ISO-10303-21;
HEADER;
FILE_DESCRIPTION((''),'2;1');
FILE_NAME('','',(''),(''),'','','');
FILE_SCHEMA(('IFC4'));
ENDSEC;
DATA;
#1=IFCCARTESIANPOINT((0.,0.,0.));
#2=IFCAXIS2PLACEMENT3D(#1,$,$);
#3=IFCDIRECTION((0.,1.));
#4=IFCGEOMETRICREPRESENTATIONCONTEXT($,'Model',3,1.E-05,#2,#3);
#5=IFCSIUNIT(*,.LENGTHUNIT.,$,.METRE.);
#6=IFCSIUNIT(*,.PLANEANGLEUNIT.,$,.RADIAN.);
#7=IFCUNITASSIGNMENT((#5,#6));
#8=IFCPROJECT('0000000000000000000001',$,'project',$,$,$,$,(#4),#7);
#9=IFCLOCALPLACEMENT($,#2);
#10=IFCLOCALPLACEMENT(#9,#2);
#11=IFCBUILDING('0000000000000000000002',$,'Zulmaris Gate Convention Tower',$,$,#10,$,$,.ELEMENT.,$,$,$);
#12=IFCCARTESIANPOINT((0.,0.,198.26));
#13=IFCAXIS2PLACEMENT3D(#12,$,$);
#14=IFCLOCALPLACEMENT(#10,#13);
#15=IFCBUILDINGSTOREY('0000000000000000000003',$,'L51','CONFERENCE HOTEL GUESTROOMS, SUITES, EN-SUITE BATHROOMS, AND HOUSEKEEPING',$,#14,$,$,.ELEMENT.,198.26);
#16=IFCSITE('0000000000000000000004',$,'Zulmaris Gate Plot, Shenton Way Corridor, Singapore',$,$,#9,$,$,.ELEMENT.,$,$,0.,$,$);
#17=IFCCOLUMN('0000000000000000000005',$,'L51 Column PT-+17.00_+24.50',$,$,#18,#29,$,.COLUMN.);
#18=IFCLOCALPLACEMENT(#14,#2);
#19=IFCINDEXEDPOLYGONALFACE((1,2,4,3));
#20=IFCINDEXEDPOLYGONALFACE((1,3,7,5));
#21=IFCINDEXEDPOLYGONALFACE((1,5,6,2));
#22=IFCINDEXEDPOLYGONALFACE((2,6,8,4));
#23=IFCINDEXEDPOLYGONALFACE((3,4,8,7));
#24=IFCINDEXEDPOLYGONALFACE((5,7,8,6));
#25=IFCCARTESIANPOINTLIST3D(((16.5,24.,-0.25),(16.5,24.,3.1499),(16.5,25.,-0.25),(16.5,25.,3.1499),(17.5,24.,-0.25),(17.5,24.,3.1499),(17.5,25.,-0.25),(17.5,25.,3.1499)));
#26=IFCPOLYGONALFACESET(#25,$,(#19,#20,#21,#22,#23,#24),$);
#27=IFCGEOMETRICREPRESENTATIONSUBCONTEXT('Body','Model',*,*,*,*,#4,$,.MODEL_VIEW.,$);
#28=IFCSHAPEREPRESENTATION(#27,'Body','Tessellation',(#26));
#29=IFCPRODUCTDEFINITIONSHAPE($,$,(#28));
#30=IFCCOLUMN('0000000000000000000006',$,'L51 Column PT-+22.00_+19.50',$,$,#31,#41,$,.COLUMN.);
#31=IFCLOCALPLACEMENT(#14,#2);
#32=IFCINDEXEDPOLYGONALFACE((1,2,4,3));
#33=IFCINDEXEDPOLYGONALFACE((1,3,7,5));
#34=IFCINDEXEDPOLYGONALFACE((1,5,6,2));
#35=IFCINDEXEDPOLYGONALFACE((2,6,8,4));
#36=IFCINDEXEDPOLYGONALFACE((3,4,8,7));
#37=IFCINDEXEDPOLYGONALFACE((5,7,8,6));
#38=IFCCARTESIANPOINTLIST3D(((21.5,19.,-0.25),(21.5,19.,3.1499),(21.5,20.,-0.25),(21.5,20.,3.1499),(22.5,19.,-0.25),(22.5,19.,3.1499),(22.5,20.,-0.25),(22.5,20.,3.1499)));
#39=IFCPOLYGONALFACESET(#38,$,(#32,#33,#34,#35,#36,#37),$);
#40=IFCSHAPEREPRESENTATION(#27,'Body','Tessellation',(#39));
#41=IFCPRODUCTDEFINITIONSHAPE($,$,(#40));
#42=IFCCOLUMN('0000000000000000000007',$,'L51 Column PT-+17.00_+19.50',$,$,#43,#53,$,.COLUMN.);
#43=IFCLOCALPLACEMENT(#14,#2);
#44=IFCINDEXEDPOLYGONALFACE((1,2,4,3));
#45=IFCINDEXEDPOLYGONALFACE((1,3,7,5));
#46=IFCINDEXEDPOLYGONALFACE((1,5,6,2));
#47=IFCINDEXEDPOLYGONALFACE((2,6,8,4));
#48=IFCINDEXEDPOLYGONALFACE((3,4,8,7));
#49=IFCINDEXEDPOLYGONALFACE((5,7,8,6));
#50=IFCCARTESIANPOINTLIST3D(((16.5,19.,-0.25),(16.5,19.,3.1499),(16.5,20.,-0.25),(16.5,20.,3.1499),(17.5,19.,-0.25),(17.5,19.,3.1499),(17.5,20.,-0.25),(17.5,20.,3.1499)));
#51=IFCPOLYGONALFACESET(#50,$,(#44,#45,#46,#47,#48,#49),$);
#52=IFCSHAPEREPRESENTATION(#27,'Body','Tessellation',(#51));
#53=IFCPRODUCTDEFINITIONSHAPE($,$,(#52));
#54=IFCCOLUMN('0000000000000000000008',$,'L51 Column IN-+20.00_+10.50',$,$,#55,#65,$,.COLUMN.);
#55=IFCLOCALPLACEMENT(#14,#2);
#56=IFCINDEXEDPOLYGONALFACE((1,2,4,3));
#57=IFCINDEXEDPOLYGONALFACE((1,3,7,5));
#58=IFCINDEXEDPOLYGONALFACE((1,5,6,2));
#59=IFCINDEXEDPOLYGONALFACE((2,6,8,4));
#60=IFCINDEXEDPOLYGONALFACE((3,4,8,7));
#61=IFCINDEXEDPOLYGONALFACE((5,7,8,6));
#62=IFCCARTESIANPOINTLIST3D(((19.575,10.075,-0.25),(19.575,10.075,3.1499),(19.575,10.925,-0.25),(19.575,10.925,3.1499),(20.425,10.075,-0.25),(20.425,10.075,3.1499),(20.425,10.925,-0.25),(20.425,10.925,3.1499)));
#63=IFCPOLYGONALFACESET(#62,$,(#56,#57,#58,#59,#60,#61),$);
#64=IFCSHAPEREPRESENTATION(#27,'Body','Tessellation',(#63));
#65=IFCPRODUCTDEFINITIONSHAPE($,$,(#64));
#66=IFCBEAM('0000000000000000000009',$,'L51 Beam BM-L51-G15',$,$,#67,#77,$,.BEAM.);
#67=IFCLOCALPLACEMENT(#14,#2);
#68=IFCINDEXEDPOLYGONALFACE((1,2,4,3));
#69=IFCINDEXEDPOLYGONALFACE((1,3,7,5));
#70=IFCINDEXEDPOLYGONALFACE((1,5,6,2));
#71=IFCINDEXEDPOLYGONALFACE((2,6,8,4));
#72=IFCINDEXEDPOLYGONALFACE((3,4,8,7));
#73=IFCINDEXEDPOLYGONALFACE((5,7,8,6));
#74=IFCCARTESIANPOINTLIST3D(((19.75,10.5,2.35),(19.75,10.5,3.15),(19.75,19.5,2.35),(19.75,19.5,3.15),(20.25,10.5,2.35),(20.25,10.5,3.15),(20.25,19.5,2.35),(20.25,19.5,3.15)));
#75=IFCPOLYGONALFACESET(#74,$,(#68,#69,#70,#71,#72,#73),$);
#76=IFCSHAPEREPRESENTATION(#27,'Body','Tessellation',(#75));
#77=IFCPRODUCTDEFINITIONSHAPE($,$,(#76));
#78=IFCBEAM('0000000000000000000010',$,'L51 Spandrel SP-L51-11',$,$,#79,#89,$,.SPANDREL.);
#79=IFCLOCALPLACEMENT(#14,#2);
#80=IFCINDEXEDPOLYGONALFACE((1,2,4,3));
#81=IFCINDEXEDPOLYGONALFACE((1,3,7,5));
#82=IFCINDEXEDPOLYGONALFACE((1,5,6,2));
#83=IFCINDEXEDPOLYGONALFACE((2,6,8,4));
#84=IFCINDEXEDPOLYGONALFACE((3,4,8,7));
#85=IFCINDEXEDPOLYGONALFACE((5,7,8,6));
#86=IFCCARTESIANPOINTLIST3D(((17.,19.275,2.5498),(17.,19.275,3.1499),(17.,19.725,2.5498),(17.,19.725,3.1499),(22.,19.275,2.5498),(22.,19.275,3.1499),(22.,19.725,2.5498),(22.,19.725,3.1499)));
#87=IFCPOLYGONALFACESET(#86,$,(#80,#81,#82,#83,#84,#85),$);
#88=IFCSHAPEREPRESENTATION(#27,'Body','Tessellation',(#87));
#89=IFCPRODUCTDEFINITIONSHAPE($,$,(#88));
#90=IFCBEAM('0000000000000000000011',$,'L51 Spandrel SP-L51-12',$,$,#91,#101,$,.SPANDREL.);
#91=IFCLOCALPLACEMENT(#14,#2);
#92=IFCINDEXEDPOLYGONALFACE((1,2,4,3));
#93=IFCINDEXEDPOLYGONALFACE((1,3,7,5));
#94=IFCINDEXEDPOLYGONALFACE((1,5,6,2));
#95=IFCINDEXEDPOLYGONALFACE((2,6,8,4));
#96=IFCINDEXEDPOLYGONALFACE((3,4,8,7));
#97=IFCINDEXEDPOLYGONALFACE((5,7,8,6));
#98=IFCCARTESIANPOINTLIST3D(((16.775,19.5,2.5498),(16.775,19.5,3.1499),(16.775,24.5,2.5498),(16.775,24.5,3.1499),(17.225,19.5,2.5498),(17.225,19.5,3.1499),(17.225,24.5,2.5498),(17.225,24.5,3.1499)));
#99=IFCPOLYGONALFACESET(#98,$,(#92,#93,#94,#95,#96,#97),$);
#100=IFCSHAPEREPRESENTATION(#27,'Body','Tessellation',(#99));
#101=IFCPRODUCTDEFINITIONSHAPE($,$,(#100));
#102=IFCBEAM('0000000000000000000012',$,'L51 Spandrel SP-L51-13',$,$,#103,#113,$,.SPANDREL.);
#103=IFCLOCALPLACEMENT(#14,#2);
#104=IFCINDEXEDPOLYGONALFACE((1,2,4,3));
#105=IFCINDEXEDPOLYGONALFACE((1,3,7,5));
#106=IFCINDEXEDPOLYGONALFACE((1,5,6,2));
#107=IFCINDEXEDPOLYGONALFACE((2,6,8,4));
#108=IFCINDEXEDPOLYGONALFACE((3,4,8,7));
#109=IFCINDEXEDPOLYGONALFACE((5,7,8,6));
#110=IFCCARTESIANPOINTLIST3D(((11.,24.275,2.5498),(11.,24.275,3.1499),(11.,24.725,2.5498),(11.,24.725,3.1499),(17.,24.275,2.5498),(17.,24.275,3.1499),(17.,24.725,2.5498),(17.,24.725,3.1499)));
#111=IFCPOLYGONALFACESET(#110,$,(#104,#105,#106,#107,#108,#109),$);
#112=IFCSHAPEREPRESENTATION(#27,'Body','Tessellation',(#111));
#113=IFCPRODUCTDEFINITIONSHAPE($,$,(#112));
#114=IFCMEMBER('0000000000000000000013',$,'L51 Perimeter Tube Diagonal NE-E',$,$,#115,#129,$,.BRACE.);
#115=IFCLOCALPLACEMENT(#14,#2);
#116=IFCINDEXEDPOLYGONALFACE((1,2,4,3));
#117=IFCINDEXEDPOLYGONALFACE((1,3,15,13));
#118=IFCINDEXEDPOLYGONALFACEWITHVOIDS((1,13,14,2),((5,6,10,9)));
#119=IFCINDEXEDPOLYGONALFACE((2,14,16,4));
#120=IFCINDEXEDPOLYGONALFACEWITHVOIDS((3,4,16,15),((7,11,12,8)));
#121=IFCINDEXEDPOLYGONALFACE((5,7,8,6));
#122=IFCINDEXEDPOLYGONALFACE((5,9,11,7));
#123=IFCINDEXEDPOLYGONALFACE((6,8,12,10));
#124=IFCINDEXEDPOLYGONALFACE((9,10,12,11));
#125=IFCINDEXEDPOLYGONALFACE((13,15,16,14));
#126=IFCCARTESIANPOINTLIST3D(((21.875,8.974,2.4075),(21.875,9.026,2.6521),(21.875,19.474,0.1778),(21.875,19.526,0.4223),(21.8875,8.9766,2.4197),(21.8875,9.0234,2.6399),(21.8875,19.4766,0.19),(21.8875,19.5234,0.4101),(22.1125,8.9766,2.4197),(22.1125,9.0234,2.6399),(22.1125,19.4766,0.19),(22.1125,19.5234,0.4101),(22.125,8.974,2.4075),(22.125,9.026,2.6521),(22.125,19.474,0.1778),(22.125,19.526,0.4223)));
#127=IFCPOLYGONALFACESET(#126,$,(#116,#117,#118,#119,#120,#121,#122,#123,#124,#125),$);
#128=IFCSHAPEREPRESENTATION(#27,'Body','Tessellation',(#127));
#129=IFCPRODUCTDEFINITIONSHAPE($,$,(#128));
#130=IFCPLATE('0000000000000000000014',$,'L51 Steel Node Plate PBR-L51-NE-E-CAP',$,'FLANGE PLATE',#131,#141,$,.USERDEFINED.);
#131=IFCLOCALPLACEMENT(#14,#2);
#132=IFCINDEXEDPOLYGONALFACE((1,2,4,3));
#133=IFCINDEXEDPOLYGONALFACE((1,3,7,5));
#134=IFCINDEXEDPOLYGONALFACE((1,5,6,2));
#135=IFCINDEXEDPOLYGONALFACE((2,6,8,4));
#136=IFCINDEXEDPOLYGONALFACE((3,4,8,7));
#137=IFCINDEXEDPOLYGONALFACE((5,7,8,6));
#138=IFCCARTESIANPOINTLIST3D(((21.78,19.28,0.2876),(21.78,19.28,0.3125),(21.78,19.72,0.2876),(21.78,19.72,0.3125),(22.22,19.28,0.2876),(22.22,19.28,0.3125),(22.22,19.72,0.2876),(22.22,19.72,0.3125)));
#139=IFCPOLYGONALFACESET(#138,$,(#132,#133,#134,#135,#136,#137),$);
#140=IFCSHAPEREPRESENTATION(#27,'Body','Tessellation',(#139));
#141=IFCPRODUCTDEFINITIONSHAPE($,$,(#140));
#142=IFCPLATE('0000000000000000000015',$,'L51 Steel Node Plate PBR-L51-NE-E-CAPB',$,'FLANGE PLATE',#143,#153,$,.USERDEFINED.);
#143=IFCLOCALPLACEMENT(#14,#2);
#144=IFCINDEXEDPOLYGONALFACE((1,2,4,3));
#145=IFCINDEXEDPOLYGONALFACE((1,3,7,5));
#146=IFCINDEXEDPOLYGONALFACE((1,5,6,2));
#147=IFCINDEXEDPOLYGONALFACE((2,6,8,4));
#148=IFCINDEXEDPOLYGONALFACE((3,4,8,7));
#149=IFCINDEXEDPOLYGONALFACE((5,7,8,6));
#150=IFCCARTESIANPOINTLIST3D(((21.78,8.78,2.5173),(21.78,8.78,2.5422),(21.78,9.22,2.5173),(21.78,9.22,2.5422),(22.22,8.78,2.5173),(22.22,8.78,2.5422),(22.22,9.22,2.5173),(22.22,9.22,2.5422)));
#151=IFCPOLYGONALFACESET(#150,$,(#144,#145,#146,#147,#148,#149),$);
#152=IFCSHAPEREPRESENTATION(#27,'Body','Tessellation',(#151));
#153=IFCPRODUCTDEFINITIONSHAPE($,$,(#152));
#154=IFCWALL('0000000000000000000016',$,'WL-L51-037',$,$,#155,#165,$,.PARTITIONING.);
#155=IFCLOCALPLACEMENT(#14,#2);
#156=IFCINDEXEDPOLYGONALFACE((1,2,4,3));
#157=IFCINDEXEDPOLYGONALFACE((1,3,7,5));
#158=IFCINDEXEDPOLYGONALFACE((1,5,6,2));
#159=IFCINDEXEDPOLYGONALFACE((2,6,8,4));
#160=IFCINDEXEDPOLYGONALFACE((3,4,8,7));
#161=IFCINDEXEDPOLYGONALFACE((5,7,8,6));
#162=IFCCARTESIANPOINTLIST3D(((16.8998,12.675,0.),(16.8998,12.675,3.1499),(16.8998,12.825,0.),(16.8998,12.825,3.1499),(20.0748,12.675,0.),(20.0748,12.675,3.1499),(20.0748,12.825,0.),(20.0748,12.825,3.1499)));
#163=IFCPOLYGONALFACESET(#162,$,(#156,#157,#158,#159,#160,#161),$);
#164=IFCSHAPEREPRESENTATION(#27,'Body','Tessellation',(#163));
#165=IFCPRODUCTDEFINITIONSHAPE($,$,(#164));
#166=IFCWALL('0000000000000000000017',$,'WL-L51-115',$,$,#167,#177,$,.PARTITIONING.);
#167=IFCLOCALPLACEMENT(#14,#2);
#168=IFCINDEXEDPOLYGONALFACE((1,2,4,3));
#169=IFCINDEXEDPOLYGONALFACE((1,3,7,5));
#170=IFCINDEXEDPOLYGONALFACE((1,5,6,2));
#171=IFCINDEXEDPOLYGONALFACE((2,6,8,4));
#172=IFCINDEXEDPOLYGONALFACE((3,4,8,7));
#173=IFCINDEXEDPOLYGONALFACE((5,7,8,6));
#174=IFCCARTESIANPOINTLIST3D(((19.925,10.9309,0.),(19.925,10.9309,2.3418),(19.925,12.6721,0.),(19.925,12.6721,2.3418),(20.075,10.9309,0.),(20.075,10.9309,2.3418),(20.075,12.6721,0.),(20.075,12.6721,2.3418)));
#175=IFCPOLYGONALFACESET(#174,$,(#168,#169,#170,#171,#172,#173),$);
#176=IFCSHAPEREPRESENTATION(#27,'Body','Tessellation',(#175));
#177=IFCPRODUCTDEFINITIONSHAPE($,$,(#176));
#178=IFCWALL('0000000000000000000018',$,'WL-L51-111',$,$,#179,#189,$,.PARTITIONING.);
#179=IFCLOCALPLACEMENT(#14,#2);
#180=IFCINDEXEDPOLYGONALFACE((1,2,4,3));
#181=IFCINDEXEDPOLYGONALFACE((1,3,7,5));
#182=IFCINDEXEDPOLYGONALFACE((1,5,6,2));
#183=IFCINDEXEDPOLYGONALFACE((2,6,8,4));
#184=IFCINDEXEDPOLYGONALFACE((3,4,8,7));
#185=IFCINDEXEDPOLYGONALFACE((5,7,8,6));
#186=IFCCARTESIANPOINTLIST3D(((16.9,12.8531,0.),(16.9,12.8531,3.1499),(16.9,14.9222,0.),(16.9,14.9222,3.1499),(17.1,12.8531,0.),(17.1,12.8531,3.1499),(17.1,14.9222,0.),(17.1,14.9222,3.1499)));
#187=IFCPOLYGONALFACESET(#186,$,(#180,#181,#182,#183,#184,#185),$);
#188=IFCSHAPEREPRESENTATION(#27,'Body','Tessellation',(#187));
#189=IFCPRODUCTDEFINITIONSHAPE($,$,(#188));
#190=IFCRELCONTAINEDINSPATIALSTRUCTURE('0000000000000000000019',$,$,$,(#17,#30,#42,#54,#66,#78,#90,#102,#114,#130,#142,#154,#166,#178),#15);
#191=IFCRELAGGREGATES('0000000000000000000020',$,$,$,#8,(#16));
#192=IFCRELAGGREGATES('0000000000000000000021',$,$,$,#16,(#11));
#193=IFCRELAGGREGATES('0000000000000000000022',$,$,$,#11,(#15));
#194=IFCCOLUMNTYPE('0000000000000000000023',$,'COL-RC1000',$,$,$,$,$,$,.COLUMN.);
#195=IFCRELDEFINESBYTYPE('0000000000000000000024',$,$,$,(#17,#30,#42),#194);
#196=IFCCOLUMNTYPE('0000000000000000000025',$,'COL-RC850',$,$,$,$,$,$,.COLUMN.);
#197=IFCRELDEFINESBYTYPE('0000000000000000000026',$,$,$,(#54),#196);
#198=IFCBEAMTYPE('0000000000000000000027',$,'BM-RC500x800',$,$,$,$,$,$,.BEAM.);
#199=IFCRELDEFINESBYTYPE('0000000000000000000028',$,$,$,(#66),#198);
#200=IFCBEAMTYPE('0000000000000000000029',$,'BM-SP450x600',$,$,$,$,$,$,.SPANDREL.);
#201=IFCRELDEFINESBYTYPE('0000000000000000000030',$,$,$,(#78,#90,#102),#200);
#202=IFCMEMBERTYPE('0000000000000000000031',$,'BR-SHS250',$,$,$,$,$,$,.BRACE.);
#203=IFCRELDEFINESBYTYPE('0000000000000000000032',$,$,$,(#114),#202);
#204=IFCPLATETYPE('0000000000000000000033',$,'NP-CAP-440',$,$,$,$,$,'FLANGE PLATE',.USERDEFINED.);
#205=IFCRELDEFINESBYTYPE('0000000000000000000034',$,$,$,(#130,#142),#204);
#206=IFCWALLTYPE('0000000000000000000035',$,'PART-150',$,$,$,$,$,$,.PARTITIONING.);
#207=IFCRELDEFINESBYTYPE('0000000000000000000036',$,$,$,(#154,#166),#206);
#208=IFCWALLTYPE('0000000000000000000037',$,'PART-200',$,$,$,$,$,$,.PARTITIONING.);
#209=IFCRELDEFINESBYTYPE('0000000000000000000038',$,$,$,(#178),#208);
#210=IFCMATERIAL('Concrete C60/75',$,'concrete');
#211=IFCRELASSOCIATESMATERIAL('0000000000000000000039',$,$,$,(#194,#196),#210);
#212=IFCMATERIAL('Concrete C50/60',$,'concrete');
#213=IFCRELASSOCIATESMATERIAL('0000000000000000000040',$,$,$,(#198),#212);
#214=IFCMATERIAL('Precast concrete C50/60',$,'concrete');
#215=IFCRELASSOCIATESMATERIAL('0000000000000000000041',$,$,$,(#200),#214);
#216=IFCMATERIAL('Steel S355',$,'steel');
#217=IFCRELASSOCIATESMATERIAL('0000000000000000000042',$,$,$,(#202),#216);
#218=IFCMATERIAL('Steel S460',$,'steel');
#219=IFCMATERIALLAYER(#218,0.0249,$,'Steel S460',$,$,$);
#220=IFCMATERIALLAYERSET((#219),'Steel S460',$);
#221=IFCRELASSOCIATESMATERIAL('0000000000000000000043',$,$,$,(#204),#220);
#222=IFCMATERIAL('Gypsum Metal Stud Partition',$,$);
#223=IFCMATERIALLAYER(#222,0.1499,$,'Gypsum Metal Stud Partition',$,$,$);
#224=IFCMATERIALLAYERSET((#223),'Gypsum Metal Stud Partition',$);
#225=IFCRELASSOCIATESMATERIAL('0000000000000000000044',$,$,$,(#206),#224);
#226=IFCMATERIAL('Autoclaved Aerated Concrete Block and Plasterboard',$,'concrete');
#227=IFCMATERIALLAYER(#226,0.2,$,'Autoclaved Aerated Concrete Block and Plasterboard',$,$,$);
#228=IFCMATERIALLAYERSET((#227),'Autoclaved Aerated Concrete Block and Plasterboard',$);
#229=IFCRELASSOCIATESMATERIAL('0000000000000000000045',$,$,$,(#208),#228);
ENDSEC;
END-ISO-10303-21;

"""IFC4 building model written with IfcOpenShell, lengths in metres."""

from ifc_helpers import new_model, si_unit, direction, frame, frame_2d, origin, origin_2d, place, context, subcontext, project, spatial, rectangle, hollow_rectangle, extrude, material, layer, layer_set, material_profile, profile_set, type_object, element, save


model = new_model("IFC4")

# Units and contexts
model_context = context("Model", 3, precision=1e-05, world=origin(), true_north=direction((0.0, 1.0)))
body_context = subcontext(model_context, "Body", "Model", "MODEL_VIEW")
ifc_project = project(units=[si_unit("LENGTHUNIT", "METRE"), si_unit("PLANEANGLEUNIT", "RADIAN")], contexts=[model_context])

# Site, building, storey
site_placement = place(None, origin())
site = spatial("IfcSite", under=ifc_project, at=site_placement, Name="Zulmaris Gate Plot, Shenton Way Corridor, Singapore", CompositionType="ELEMENT", RefElevation=0.0)
building_placement = place(site_placement, origin())
building = spatial("IfcBuilding", under=site, at=building_placement, Name="Zulmaris Gate Convention Tower", CompositionType="ELEMENT")
storey_placement = place(building_placement, frame((0.0, 0.0, 198.26)))
storey = spatial("IfcBuildingStorey", under=building, at=storey_placement, Name="L51", Description="CONFERENCE HOTEL GUESTROOMS, SUITES, EN-SUITE BATHROOMS, AND HOUSEKEEPING", CompositionType="ELEMENT", Elevation=198.26)

# Columns
ifc_material_1 = material(Name="Concrete C60/75", Category="concrete")
ifc_material_profile_1 = material_profile(ifc_material_1, rectangle(XDim=1.0, YDim=1.0, at=origin_2d()), Name="RC COL 1000x1000")
ifc_profile_set_1 = profile_set([ifc_material_profile_1], Name="Concrete C60/75")
column_type_1 = type_object("IfcColumnType", Name="COL-RC1000", PredefinedType="COLUMN", material=ifc_profile_set_1)
for number, where, z_axis, x_axis, name in (
    (1, (17.0, 24.5, -0.25), (0.0, 0.0, 1.0), (1.0, 0.0, 0.0), "L51 Column PT-+17.00_+24.50"),
    (2, (22.0, 19.5, -0.25), (0.0, 0.0, 1.0), (1.0, 0.0, 0.0), "L51 Column PT-+22.00_+19.50"),
    (3, (17.0, 19.5, -0.25), (0.0, 0.0, 1.0), (1.0, 0.0, 0.0), "L51 Column PT-+17.00_+19.50"),
):
    element("IfcColumn", number, at=place(storey_placement, frame(where, z_axis=z_axis, x_axis=x_axis)), inside=storey, type_object=column_type_1, Name=name, PredefinedType="COLUMN", context=body_context, shape_type="SweptSolid", body=[
        extrude(rectangle(XDim=1.0, YDim=1.0, at=origin_2d()), origin(), (0.0, 0.0, 1.0), 3.3999),
    ])
ifc_material_profile_2 = material_profile(ifc_material_1, rectangle(XDim=0.8501, YDim=0.8501, at=origin_2d()), Name="RC COL 850x850")
ifc_profile_set_2 = profile_set([ifc_material_profile_2], Name="Concrete C60/75")
column_type_2 = type_object("IfcColumnType", Name="COL-RC850", PredefinedType="COLUMN", material=ifc_profile_set_2)
column_placement = place(storey_placement, frame((20.0, 10.5, -0.25), z_axis=(0.0, 0.0, 1.0), x_axis=(1.0, 0.0, 0.0)))
element("IfcColumn", 4, at=column_placement, inside=storey, type_object=column_type_2, Name="L51 Column IN-+20.00_+10.50", PredefinedType="COLUMN", context=body_context, shape_type="SweptSolid", body=[
    extrude(rectangle(XDim=0.8501, YDim=0.8501, at=origin_2d()), origin(), (0.0, 0.0, 1.0), 3.3999),
])

# Beams
ifc_material_2 = material(Name="Concrete C50/60", Category="concrete")
ifc_material_profile_3 = material_profile(ifc_material_2, rectangle(XDim=0.5, YDim=0.8, at=origin_2d()), Name="RC BEAM 500x800")
ifc_profile_set_3 = profile_set([ifc_material_profile_3], Name="Concrete C50/60")
beam_type_1 = type_object("IfcBeamType", Name="BM-RC500x800", PredefinedType="BEAM", material=ifc_profile_set_3)
beam_1_placement = place(storey_placement, frame((20.0, 10.5, 2.75), z_axis=(0.0, 1.0, 0.0), x_axis=(-1.0, 0.0, 0.0)))
element("IfcBeam", 5, at=beam_1_placement, inside=storey, type_object=beam_type_1, Name="L51 Beam BM-L51-G15", PredefinedType="BEAM", context=body_context, shape_type="SweptSolid", body=[
    extrude(rectangle(XDim=0.5, YDim=0.8, at=origin_2d()), origin(), (0.0, 0.0, 1.0), 9.0),
])
ifc_material_3 = material(Name="Precast concrete C50/60", Category="concrete")
ifc_material_profile_4 = material_profile(ifc_material_3, rectangle(XDim=0.45, YDim=0.6001, at=origin_2d()), Name="RC SPANDREL 450x600")
ifc_profile_set_4 = profile_set([ifc_material_profile_4], Name="Precast concrete C50/60")
beam_type_2 = type_object("IfcBeamType", Name="BM-SP450x600", PredefinedType="SPANDREL", material=ifc_profile_set_4)
for number, where, z_axis, x_axis, name in (
    (6, (22.0, 19.5, 2.8499), (-1.0, 0.0, 0.0), (0.0, -1.0, 0.0), "L51 Spandrel SP-L51-11"),
    (7, (17.0, 19.5, 2.8499), (0.0, 1.0, 0.0), (-1.0, 0.0, 0.0), "L51 Spandrel SP-L51-12"),
):
    element("IfcBeam", number, at=place(storey_placement, frame(where, z_axis=z_axis, x_axis=x_axis)), inside=storey, type_object=beam_type_2, Name=name, PredefinedType="SPANDREL", context=body_context, shape_type="SweptSolid", body=[
        extrude(rectangle(XDim=0.45, YDim=0.6001, at=origin_2d()), origin(), (0.0, 0.0, 1.0), 5.0),
    ])
beam_2_placement = place(storey_placement, frame((17.0, 24.5, 2.8499), z_axis=(-1.0, 0.0, 0.0), x_axis=(0.0, -1.0, 0.0)))
element("IfcBeam", 8, at=beam_2_placement, inside=storey, type_object=beam_type_2, Name="L51 Spandrel SP-L51-13", PredefinedType="SPANDREL", context=body_context, shape_type="SweptSolid", body=[
    extrude(rectangle(XDim=0.45, YDim=0.6001, at=origin_2d()), origin(), (0.0, 0.0, 1.0), 6.0),
])

# Member
ifc_material_4 = material(Name="Steel S355", Category="steel")
ifc_material_profile_5 = material_profile(ifc_material_4, hollow_rectangle(XDim=0.25, YDim=0.25, WallThickness=0.0125, at=origin_2d()), Name="SHS 250x250x12.5")
ifc_profile_set_5 = profile_set([ifc_material_profile_5], Name="Steel S355")
member_type = type_object("IfcMemberType", Name="BR-SHS250", PredefinedType="BRACE", material=ifc_profile_set_5)
member_placement = place(storey_placement, frame((22.0, 19.5, 0.3), z_axis=(0.0, -0.978188, 0.207724), x_axis=(1.0, 0.0, 0.0)))
element("IfcMember", 9, at=member_placement, inside=storey, type_object=member_type, Name="L51 Perimeter Tube Diagonal NE-E", PredefinedType="BRACE", context=body_context, shape_type="SweptSolid", body=[
    extrude(hollow_rectangle(XDim=0.25, YDim=0.25, WallThickness=0.0125, at=origin_2d()), origin(), (0.0, 0.0, 1.0), 10.7341),
])

# Plates
ifc_material_5 = material(Name="Steel S460", Category="steel")
ifc_layer_1 = layer(ifc_material_5, 0.0249, Name="Steel S460")
ifc_layer_set_1 = layer_set([ifc_layer_1], Name="Steel S460")
plate_type = type_object("IfcPlateType", Name="NP-CAP-440", ElementType="FLANGE PLATE", PredefinedType="USERDEFINED", material=ifc_layer_set_1)
for number, where, z_axis, x_axis, name in (
    (10, (22.0, 19.5, 0.2876), (0.0, 0.0, 1.0), (1.0, 0.0, 0.0), "L51 Steel Node Plate PBR-L51-NE-E-CAP"),
    (11, (22.0, 9.0, 2.5173), (0.0, 0.0, 1.0), (1.0, 0.0, 0.0), "L51 Steel Node Plate PBR-L51-NE-E-CAPB"),
):
    element("IfcPlate", number, at=place(storey_placement, frame(where, z_axis=z_axis, x_axis=x_axis)), inside=storey, type_object=plate_type, Name=name, ObjectType="FLANGE PLATE", PredefinedType="USERDEFINED", context=body_context, shape_type="SweptSolid", body=[
        extrude(rectangle(XDim=0.4399, YDim=0.4399, at=origin_2d()), origin(), (0.0, 0.0, 1.0), 0.0249),
    ])

# Walls
ifc_material_6 = material(Name="Gypsum Metal Stud Partition")
ifc_layer_2 = layer(ifc_material_6, 0.1499, Name="Gypsum Metal Stud Partition")
ifc_layer_set_2 = layer_set([ifc_layer_2], Name="Gypsum Metal Stud Partition")
wall_type_1 = type_object("IfcWallType", Name="PART-150", PredefinedType="PARTITIONING", material=ifc_layer_set_2)
wall_1_placement = place(storey_placement, frame((16.8999, 12.75, 0.0), z_axis=(0.0, 0.0, 1.0), x_axis=(1.0, 0.0, 0.0)))
element("IfcWall", 12, at=wall_1_placement, inside=storey, type_object=wall_type_1, Name="WL-L51-037", PredefinedType="PARTITIONING", context=body_context, shape_type="SweptSolid", body=[
    extrude(rectangle(XDim=3.175, YDim=0.1499, at=frame_2d((1.5874, 0.0))), origin(), (0.0, 0.0, 1.0), 3.1499),
])
wall_2_placement = place(storey_placement, frame((20.0, 10.9309, 0.0), z_axis=(0.0, 0.0, 1.0), x_axis=(0.0, 1.0, 0.0)))
element("IfcWall", 13, at=wall_2_placement, inside=storey, type_object=wall_type_1, Name="WL-L51-115", PredefinedType="PARTITIONING", context=body_context, shape_type="SweptSolid", body=[
    extrude(rectangle(XDim=1.7412, YDim=0.1499, at=frame_2d((0.8706, 0.0))), origin(), (0.0, 0.0, 1.0), 2.3418),
])
ifc_material_7 = material(Name="Autoclaved Aerated Concrete Block and Plasterboard", Category="concrete")
ifc_layer_3 = layer(ifc_material_7, 0.2, Name="Autoclaved Aerated Concrete Block and Plasterboard")
ifc_layer_set_3 = layer_set([ifc_layer_3], Name="Autoclaved Aerated Concrete Block and Plasterboard")
wall_type_2 = type_object("IfcWallType", Name="PART-200", PredefinedType="PARTITIONING", material=ifc_layer_set_3)
wall_3_placement = place(storey_placement, frame((17.0, 12.853, 0.0), z_axis=(0.0, 0.0, 1.0), x_axis=(0.0, 1.0, 0.0)))
element("IfcWall", 14, at=wall_3_placement, inside=storey, type_object=wall_type_2, Name="WL-L51-111", PredefinedType="PARTITIONING", context=body_context, shape_type="SweptSolid", body=[
    extrude(rectangle(XDim=2.0691, YDim=0.2, at=frame_2d((1.0347, 0.0))), origin(), (0.0, 0.0, 1.0), 3.1499),
])

save(model, "model.ifc")
